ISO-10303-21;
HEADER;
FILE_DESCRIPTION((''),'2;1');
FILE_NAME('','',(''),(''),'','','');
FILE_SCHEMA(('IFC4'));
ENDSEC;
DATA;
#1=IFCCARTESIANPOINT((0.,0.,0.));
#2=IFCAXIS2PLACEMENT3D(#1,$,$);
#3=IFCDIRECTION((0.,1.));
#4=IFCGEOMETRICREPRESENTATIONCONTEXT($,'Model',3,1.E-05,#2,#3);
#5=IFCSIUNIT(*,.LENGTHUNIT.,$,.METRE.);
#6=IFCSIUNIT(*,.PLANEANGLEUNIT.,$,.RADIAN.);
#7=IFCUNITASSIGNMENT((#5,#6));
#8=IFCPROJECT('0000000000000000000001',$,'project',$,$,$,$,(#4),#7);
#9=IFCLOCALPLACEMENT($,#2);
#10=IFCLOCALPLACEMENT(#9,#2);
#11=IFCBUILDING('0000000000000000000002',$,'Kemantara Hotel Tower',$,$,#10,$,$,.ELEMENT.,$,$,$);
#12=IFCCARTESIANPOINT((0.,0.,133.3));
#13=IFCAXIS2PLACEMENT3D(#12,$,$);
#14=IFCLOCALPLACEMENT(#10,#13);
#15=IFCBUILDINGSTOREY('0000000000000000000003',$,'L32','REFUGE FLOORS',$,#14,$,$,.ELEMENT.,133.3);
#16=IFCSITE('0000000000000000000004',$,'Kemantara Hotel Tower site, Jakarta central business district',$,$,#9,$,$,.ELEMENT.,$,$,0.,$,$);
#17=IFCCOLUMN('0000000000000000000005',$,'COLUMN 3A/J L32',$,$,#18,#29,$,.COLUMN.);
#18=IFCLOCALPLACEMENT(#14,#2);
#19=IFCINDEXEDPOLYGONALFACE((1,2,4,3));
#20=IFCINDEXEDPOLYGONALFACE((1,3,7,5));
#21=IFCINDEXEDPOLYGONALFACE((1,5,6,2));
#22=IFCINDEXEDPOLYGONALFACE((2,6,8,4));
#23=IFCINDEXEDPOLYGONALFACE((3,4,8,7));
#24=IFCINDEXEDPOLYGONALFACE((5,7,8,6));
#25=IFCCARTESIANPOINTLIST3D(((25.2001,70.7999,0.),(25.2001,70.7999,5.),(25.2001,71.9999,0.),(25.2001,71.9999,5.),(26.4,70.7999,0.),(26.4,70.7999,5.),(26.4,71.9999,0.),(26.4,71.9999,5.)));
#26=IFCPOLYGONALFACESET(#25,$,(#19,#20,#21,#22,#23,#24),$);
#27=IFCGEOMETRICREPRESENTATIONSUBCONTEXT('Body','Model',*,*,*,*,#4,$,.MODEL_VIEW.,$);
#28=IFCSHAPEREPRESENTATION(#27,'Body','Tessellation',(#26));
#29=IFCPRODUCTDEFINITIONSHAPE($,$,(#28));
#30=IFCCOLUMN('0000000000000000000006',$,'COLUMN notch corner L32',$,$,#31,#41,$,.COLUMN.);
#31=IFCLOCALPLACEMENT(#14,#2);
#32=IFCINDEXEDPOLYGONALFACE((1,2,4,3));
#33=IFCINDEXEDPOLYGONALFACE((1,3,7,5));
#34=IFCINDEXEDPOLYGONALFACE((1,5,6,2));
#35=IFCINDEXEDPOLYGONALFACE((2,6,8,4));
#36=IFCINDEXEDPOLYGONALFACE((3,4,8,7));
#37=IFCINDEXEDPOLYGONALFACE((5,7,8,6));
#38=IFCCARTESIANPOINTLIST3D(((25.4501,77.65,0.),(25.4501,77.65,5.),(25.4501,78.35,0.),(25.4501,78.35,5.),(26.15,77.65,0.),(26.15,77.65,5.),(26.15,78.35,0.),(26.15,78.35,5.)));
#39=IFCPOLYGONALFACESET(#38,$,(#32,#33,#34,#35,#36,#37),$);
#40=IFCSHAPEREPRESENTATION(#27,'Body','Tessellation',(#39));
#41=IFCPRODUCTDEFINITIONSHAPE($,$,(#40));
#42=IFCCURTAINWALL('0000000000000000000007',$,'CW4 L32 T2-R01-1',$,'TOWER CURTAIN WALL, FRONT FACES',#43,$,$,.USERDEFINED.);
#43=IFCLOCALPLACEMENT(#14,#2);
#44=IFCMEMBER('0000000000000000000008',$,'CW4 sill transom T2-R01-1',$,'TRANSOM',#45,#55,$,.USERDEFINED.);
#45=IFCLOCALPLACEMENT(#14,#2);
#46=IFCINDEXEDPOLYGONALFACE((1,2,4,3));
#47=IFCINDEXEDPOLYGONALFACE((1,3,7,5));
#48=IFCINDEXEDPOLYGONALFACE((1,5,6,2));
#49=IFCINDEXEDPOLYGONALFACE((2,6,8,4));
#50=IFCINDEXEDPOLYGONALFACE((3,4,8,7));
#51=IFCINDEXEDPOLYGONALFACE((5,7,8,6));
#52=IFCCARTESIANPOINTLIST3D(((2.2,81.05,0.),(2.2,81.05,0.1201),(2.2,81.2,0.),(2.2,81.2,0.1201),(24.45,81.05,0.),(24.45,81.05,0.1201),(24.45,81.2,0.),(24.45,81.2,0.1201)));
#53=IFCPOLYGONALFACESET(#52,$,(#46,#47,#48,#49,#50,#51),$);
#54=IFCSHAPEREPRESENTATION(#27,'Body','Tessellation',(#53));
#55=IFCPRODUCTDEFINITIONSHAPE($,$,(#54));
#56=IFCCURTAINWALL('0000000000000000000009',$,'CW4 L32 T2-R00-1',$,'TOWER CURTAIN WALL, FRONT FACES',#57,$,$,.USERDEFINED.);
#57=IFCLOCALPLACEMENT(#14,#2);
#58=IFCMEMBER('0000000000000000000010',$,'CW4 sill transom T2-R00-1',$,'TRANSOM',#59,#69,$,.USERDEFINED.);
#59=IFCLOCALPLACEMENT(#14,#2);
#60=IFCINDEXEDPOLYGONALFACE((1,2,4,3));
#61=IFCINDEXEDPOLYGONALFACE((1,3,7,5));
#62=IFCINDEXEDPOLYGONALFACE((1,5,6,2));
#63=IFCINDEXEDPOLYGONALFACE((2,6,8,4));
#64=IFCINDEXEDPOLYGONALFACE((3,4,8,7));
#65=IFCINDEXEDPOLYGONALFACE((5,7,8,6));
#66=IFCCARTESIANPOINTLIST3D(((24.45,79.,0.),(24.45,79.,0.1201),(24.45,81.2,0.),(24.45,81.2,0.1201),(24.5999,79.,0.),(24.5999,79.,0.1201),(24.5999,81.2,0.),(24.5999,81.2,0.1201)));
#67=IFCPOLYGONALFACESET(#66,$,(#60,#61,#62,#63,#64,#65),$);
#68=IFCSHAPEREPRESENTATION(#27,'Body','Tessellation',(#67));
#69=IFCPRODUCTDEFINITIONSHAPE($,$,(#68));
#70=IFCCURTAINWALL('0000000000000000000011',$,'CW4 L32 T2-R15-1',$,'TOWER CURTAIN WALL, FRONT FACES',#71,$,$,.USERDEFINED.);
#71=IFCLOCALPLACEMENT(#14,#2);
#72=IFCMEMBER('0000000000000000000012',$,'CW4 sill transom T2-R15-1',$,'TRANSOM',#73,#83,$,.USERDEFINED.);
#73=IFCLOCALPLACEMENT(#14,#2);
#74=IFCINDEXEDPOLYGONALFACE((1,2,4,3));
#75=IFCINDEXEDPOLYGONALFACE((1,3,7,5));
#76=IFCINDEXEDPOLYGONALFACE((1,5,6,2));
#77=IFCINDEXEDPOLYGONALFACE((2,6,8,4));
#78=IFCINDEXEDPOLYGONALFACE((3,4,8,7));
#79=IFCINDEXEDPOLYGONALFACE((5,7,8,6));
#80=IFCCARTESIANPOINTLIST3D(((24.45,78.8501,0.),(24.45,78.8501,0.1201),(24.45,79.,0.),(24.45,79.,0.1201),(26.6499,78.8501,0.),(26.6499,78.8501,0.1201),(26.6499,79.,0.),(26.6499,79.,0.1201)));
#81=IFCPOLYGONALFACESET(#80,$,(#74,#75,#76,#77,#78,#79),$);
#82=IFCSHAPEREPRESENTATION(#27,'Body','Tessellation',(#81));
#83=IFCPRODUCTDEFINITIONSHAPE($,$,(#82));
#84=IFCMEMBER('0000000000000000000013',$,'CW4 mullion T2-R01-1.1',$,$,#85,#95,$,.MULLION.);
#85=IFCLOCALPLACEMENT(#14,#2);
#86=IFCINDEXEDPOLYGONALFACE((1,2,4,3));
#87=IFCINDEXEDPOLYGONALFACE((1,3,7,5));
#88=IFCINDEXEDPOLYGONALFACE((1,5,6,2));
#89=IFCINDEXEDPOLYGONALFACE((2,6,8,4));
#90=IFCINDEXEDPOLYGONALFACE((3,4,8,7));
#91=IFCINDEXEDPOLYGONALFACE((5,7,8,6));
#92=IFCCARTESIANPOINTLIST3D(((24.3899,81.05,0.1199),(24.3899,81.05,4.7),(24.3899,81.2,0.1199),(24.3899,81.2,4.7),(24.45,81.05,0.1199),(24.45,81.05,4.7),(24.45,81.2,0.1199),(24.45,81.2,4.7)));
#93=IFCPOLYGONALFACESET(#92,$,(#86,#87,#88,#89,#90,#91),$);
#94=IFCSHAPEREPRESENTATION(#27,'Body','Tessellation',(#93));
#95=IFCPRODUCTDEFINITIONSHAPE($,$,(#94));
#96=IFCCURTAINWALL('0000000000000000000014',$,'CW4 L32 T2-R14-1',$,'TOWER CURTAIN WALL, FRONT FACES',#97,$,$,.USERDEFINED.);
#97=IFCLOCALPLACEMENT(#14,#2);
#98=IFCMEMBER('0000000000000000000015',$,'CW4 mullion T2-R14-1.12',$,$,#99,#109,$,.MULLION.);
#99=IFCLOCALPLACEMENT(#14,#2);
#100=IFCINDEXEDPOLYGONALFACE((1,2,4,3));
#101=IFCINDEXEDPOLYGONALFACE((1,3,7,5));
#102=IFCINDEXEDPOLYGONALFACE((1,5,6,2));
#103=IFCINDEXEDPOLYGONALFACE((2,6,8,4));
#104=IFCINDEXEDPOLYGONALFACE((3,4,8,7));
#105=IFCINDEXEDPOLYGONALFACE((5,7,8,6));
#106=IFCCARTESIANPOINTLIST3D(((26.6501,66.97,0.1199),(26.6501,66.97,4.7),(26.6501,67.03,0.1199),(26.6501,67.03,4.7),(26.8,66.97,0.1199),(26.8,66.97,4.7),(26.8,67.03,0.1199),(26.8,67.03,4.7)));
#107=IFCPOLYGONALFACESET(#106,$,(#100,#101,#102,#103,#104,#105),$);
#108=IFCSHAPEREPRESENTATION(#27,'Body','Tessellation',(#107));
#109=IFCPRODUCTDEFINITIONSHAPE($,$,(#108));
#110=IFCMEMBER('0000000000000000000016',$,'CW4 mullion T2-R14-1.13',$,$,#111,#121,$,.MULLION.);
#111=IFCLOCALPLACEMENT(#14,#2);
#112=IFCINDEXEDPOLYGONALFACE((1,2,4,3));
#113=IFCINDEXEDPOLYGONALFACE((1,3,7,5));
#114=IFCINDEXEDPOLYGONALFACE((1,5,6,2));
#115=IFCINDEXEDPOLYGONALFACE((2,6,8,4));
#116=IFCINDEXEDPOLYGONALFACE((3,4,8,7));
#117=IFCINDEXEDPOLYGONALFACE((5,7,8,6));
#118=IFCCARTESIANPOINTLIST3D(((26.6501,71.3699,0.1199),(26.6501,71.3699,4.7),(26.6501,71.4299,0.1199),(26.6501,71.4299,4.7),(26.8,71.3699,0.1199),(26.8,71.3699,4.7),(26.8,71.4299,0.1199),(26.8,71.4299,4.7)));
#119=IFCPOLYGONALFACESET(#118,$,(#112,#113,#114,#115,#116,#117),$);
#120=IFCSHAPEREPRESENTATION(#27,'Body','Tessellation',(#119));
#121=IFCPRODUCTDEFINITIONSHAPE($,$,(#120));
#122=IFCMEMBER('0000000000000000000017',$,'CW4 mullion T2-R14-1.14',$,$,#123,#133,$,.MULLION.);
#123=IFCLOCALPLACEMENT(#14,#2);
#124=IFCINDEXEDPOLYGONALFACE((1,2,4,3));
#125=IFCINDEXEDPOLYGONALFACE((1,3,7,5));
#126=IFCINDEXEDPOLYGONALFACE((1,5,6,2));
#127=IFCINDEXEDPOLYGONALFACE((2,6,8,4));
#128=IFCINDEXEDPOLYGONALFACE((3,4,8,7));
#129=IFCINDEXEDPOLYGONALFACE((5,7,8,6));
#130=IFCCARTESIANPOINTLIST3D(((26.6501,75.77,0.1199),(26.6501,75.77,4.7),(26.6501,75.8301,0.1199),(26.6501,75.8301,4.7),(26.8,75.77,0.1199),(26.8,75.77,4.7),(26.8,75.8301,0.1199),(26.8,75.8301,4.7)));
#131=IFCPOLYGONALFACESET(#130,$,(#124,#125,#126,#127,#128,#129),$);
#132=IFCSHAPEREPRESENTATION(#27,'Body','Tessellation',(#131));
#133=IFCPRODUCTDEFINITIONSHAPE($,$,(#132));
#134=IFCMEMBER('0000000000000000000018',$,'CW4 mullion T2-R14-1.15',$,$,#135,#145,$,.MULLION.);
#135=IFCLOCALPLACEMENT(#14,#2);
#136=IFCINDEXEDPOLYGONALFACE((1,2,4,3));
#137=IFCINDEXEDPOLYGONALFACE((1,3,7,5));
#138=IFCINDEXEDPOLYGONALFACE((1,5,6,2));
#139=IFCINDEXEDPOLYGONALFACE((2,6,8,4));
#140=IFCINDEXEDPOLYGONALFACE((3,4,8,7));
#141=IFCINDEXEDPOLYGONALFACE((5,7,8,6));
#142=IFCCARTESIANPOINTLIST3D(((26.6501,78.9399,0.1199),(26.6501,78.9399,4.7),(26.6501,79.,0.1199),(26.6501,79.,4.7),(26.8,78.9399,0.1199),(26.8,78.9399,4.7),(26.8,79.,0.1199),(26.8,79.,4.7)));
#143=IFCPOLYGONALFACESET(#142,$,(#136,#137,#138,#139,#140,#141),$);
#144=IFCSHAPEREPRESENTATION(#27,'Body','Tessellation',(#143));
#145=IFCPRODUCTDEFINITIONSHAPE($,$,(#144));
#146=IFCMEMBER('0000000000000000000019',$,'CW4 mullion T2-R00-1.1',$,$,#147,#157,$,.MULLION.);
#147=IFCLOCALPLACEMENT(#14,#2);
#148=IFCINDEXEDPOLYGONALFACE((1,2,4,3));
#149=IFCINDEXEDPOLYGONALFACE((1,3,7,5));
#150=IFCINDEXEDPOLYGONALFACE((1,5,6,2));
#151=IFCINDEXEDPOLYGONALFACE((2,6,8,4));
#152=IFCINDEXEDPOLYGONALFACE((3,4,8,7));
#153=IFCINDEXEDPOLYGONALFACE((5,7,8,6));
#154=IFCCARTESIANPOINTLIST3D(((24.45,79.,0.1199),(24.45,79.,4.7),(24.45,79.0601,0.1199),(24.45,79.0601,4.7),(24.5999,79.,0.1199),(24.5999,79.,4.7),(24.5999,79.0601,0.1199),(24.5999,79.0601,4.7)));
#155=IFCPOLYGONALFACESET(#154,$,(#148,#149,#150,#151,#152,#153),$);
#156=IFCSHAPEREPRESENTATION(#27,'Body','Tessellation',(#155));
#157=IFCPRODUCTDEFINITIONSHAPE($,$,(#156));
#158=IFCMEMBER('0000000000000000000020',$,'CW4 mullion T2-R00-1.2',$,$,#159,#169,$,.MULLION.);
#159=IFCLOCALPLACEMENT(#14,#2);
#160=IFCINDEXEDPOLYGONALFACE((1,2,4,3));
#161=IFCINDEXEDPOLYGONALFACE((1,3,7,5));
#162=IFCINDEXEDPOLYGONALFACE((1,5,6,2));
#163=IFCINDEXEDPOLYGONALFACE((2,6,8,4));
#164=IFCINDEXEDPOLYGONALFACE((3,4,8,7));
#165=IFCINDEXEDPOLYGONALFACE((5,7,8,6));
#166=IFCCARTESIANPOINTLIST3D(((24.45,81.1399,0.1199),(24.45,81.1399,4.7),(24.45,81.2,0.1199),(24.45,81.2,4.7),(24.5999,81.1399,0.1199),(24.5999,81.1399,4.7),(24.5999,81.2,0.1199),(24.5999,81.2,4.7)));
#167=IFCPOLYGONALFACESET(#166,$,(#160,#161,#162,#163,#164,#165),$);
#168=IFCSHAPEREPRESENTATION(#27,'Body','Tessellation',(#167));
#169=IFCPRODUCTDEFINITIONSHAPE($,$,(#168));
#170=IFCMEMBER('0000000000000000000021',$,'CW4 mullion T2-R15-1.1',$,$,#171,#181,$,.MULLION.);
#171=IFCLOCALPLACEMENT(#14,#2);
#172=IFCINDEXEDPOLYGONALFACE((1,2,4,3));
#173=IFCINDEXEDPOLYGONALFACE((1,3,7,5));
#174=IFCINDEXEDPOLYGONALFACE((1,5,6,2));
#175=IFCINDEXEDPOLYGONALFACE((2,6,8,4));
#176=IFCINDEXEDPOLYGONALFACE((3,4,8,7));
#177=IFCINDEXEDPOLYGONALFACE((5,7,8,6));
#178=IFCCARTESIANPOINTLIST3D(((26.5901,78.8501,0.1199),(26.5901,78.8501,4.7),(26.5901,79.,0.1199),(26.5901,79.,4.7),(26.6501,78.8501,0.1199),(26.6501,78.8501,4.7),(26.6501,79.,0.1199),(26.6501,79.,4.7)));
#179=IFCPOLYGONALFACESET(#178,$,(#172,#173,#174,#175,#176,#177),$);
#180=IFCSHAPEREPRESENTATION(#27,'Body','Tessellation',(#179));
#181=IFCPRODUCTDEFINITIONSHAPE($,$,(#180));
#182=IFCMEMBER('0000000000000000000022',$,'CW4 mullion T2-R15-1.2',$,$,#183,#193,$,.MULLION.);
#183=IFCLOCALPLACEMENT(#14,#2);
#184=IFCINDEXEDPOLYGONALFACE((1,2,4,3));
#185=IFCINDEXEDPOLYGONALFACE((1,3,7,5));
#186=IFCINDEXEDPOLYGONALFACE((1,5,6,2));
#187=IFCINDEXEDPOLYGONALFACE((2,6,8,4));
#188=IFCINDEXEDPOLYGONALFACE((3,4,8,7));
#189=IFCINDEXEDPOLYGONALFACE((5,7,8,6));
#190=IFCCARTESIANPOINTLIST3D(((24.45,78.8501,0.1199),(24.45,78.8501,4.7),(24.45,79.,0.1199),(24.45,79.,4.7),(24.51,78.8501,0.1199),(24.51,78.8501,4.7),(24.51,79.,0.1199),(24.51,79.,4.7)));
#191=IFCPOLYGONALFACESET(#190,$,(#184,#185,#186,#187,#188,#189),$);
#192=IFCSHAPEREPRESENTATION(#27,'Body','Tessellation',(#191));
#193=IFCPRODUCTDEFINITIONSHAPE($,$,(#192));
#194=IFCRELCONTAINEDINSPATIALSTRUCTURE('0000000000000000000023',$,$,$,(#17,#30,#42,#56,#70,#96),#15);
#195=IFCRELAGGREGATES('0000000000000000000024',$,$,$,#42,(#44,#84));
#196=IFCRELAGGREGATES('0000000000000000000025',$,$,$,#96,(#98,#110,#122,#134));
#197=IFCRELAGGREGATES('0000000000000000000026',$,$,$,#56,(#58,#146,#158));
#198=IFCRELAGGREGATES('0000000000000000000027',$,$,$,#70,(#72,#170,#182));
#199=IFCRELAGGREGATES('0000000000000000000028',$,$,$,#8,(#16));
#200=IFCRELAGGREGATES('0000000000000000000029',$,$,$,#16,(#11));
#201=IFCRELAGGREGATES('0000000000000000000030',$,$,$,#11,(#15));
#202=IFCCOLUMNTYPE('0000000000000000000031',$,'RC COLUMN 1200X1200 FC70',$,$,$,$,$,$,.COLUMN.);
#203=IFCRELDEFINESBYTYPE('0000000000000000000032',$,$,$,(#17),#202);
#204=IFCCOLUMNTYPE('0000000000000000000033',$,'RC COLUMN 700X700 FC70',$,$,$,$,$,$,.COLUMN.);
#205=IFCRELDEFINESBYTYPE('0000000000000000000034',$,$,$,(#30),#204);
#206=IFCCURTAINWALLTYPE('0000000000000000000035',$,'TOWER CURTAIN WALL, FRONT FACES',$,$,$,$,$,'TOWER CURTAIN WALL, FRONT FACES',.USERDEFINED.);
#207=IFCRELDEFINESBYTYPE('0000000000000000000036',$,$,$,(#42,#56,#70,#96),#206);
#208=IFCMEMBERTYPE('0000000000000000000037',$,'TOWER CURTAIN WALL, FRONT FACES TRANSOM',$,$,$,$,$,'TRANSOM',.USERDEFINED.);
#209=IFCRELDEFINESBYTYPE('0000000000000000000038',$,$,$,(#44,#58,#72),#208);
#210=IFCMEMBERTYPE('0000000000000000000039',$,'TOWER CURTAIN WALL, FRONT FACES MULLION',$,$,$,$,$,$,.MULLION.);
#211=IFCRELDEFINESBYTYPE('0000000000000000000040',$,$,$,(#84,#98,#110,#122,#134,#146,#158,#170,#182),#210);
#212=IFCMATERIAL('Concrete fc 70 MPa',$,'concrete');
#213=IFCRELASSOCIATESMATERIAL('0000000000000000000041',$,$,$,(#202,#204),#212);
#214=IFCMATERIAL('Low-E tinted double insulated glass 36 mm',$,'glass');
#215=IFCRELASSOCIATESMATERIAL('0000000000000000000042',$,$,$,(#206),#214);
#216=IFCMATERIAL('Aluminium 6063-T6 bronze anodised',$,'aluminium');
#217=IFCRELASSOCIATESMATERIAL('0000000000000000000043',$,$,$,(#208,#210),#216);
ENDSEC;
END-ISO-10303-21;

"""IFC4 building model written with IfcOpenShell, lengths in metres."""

from ifc_helpers import new_model, si_unit, direction, frame, origin, origin_2d, place, context, subcontext, project, spatial, rectangle, extrude, source, transform, mapped, material, material_profile, profile_set, type_object, element, aggregate, save


model = new_model("IFC4")

# Units and contexts
model_context = context("Model", 3, precision=1e-05, world=origin(), true_north=direction((0.0, 1.0)))
body_context = subcontext(model_context, "Body", "Model", "MODEL_VIEW")
ifc_project = project(units=[si_unit("LENGTHUNIT", "METRE"), si_unit("PLANEANGLEUNIT", "RADIAN")], contexts=[model_context])

# Site, building, storey
site_placement = place(None, origin())
site = spatial("IfcSite", under=ifc_project, at=site_placement, Name="Kemantara Hotel Tower site, Jakarta central business district", CompositionType="ELEMENT", RefElevation=0.0)
building_placement = place(site_placement, origin())
building = spatial("IfcBuilding", under=site, at=building_placement, Name="Kemantara Hotel Tower", CompositionType="ELEMENT")
storey_placement = place(building_placement, frame((0.0, 0.0, 133.3)))
storey = spatial("IfcBuildingStorey", under=building, at=storey_placement, Name="L32", Description="REFUGE FLOORS", CompositionType="ELEMENT", Elevation=133.3)

# Columns
ifc_material_1 = material(Name="Concrete fc 70 MPa", Category="concrete")
ifc_material_profile_1 = material_profile(ifc_material_1, rectangle(XDim=1.2, YDim=1.2, at=origin_2d()), Name="RC 1200X1200")
ifc_profile_set_1 = profile_set([ifc_material_profile_1], Name="Concrete fc 70 MPa")
column_type_1 = type_object("IfcColumnType", Name="RC COLUMN 1200X1200 FC70", PredefinedType="COLUMN", material=ifc_profile_set_1)
column_1_placement = place(storey_placement, frame((25.8, 71.3999, 0.0), z_axis=(0.0, 0.0, 1.0), x_axis=(1.0, 0.0, 0.0)))
element("IfcColumn", 1, at=column_1_placement, inside=storey, type_object=column_type_1, Name="COLUMN 3A/J L32", PredefinedType="COLUMN", context=body_context, shape_type="SweptSolid", body=[
    extrude(rectangle(XDim=1.2, YDim=1.2, at=origin_2d()), origin(), (0.0, 0.0, 1.0), 5.0),
])
ifc_material_profile_2 = material_profile(ifc_material_1, rectangle(XDim=0.7, YDim=0.7, at=origin_2d()), Name="RC 700X700")
ifc_profile_set_2 = profile_set([ifc_material_profile_2], Name="Concrete fc 70 MPa")
column_type_2 = type_object("IfcColumnType", Name="RC COLUMN 700X700 FC70", PredefinedType="COLUMN", material=ifc_profile_set_2)
column_2_placement = place(storey_placement, frame((25.8, 78.0, 0.0), z_axis=(0.0, 0.0, 1.0), x_axis=(1.0, 0.0, 0.0)))
element("IfcColumn", 2, at=column_2_placement, inside=storey, type_object=column_type_2, Name="COLUMN notch corner L32", PredefinedType="COLUMN", context=body_context, shape_type="SweptSolid", body=[
    extrude(rectangle(XDim=0.7, YDim=0.7, at=origin_2d()), origin(), (0.0, 0.0, 1.0), 5.0),
])

# Curtain walls, members
ifc_material_2 = material(Name="Low-E tinted double insulated glass 36 mm", Category="glass")
curtain_wall_type = type_object("IfcCurtainWallType", Name="TOWER CURTAIN WALL, FRONT FACES", ElementType="TOWER CURTAIN WALL, FRONT FACES", PredefinedType="USERDEFINED", material=ifc_material_2)
curtain_wall_1_placement = place(storey_placement, origin())
curtain_wall_1 = element("IfcCurtainWall", 3, at=curtain_wall_1_placement, inside=storey, type_object=curtain_wall_type, Name="CW4 L32 T2-R01-1", ObjectType="TOWER CURTAIN WALL, FRONT FACES", PredefinedType="USERDEFINED")
ifc_material_3 = material(Name="Aluminium 6063-T6 bronze anodised", Category="aluminium")
ifc_material_profile_3 = material_profile(ifc_material_3, rectangle(XDim=0.1499, YDim=0.1201, at=origin_2d()), Name="TOWER CURTAIN WALL, FRONT FACES TRANSOM")
ifc_profile_set_3 = profile_set([ifc_material_profile_3], Name="Aluminium 6063-T6 bronze anodised")
member_type_1 = type_object("IfcMemberType", Name="TOWER CURTAIN WALL, FRONT FACES TRANSOM", ElementType="TRANSOM", PredefinedType="USERDEFINED", material=ifc_profile_set_3)
member_1_placement = place(storey_placement, frame((24.45, 81.125, 0.0601), z_axis=(-1.0, 0.0, 0.0), x_axis=(0.0, -1.0, 0.0)))
member_1 = element("IfcMember", 4, at=member_1_placement, type_object=member_type_1, Name="CW4 sill transom T2-R01-1", ObjectType="TRANSOM", PredefinedType="USERDEFINED", context=body_context, shape_type="SweptSolid", body=[
    extrude(rectangle(XDim=0.1499, YDim=0.1201, at=origin_2d()), origin(), (0.0, 0.0, 1.0), 22.25),
])
curtain_wall_2_placement = place(storey_placement, origin())
curtain_wall_2 = element("IfcCurtainWall", 5, at=curtain_wall_2_placement, inside=storey, type_object=curtain_wall_type, Name="CW4 L32 T2-R00-1", ObjectType="TOWER CURTAIN WALL, FRONT FACES", PredefinedType="USERDEFINED")
member_2_placement = place(storey_placement, frame((24.5249, 79.0, 0.0601), z_axis=(0.0, 1.0, 0.0), x_axis=(-1.0, 0.0, 0.0)))
member_2 = element("IfcMember", 6, at=member_2_placement, type_object=member_type_1, Name="CW4 sill transom T2-R00-1", ObjectType="TRANSOM", PredefinedType="USERDEFINED", context=body_context, shape_type="SweptSolid", body=[
    extrude(rectangle(XDim=0.1499, YDim=0.1201, at=origin_2d()), origin(), (0.0, 0.0, 1.0), 2.2),
])
curtain_wall_3_placement = place(storey_placement, origin())
curtain_wall_3 = element("IfcCurtainWall", 7, at=curtain_wall_3_placement, inside=storey, type_object=curtain_wall_type, Name="CW4 L32 T2-R15-1", ObjectType="TOWER CURTAIN WALL, FRONT FACES", PredefinedType="USERDEFINED")
member_3_placement = place(storey_placement, frame((26.6499, 78.925, 0.0601), z_axis=(-1.0, 0.0, 0.0), x_axis=(0.0, -1.0, 0.0)))
member_3 = element("IfcMember", 8, at=member_3_placement, type_object=member_type_1, Name="CW4 sill transom T2-R15-1", ObjectType="TRANSOM", PredefinedType="USERDEFINED", context=body_context, shape_type="SweptSolid", body=[
    extrude(rectangle(XDim=0.1499, YDim=0.1201, at=origin_2d()), origin(), (0.0, 0.0, 1.0), 2.2),
])

# Member
ifc_material_profile_4 = material_profile(ifc_material_3, rectangle(XDim=0.1499, YDim=0.0601, at=origin_2d()), Name="TOWER CURTAIN WALL, FRONT FACES MULLION")
ifc_profile_set_4 = profile_set([ifc_material_profile_4], Name="Aluminium 6063-T6 bronze anodised")
member_type_2 = type_object("IfcMemberType", Name="TOWER CURTAIN WALL, FRONT FACES MULLION", PredefinedType="MULLION", material=ifc_profile_set_4)
shared_shape_1 = source(origin(), body_context, "Body", "SweptSolid", [
    extrude(rectangle(XDim=0.1499, YDim=0.0601, at=origin_2d()), origin(), (0.0, 0.0, 1.0), 4.5801),
])
member_4_placement = place(storey_placement, frame((24.4199, 81.125, 0.1199), z_axis=(0.0, 0.0, 1.0), x_axis=(0.0, -1.0, 0.0)))
member_4 = element("IfcMember", 9, at=member_4_placement, type_object=member_type_2, Name="CW4 mullion T2-R01-1.1", PredefinedType="MULLION", context=body_context, shape_type="MappedRepresentation", body=[
    mapped(shared_shape_1, transform((0.0, 0.0, 0.0))),
])
aggregate(curtain_wall_1, [member_1, member_4])

# Curtain wall, members
curtain_wall_4_placement = place(storey_placement, origin())
curtain_wall_4 = element("IfcCurtainWall", 10, at=curtain_wall_4_placement, inside=storey, type_object=curtain_wall_type, Name="CW4 L32 T2-R14-1", ObjectType="TOWER CURTAIN WALL, FRONT FACES", PredefinedType="USERDEFINED")
member_5_placement = place(storey_placement, frame((26.7251, 67.0, 0.1199), z_axis=(0.0, 0.0, 1.0), x_axis=(-1.0, 0.0, 0.0)))
member_5 = element("IfcMember", 11, at=member_5_placement, type_object=member_type_2, Name="CW4 mullion T2-R14-1.12", PredefinedType="MULLION", context=body_context, shape_type="MappedRepresentation", body=[
    mapped(shared_shape_1, transform((0.0, 0.0, 0.0))),
])
member_6_placement = place(storey_placement, frame((26.7251, 71.3999, 0.1199), z_axis=(0.0, 0.0, 1.0), x_axis=(-1.0, 0.0, 0.0)))
member_6 = element("IfcMember", 12, at=member_6_placement, type_object=member_type_2, Name="CW4 mullion T2-R14-1.13", PredefinedType="MULLION", context=body_context, shape_type="MappedRepresentation", body=[
    mapped(shared_shape_1, transform((0.0, 0.0, 0.0))),
])
member_7_placement = place(storey_placement, frame((26.7251, 75.8, 0.1199), z_axis=(0.0, 0.0, 1.0), x_axis=(-1.0, 0.0, 0.0)))
member_7 = element("IfcMember", 13, at=member_7_placement, type_object=member_type_2, Name="CW4 mullion T2-R14-1.14", PredefinedType="MULLION", context=body_context, shape_type="MappedRepresentation", body=[
    mapped(shared_shape_1, transform((0.0, 0.0, 0.0))),
])
member_8_placement = place(storey_placement, frame((26.7251, 78.97, 0.1199), z_axis=(0.0, 0.0, 1.0), x_axis=(-1.0, 0.0, 0.0)))
member_8 = element("IfcMember", 14, at=member_8_placement, type_object=member_type_2, Name="CW4 mullion T2-R14-1.15", PredefinedType="MULLION", context=body_context, shape_type="MappedRepresentation", body=[
    mapped(shared_shape_1, transform((0.0, 0.0, 0.0))),
])

# Members
member_9_placement = place(storey_placement, frame((24.5249, 79.03, 0.1199), z_axis=(0.0, 0.0, 1.0), x_axis=(-1.0, 0.0, 0.0)))
member_9 = element("IfcMember", 15, at=member_9_placement, type_object=member_type_2, Name="CW4 mullion T2-R00-1.1", PredefinedType="MULLION", context=body_context, shape_type="MappedRepresentation", body=[
    mapped(shared_shape_1, transform((0.0, 0.0, 0.0))),
])
member_10_placement = place(storey_placement, frame((24.5249, 81.1699, 0.1199), z_axis=(0.0, 0.0, 1.0), x_axis=(-1.0, 0.0, 0.0)))
member_10 = element("IfcMember", 16, at=member_10_placement, type_object=member_type_2, Name="CW4 mullion T2-R00-1.2", PredefinedType="MULLION", context=body_context, shape_type="MappedRepresentation", body=[
    mapped(shared_shape_1, transform((0.0, 0.0, 0.0))),
])
member_11_placement = place(storey_placement, frame((26.6201, 78.925, 0.1199), z_axis=(0.0, 0.0, 1.0), x_axis=(0.0, -1.0, 0.0)))
member_11 = element("IfcMember", 17, at=member_11_placement, type_object=member_type_2, Name="CW4 mullion T2-R15-1.1", PredefinedType="MULLION", context=body_context, shape_type="MappedRepresentation", body=[
    mapped(shared_shape_1, transform((0.0, 0.0, 0.0))),
])
member_12_placement = place(storey_placement, frame((24.48, 78.925, 0.1199), z_axis=(0.0, 0.0, 1.0), x_axis=(0.0, -1.0, 0.0)))
member_12 = element("IfcMember", 18, at=member_12_placement, type_object=member_type_2, Name="CW4 mullion T2-R15-1.2", PredefinedType="MULLION", context=body_context, shape_type="MappedRepresentation", body=[
    mapped(shared_shape_1, transform((0.0, 0.0, 0.0))),
])

aggregate(curtain_wall_4, [member_5, member_6, member_7, member_8])
aggregate(curtain_wall_2, [member_2, member_9, member_10])
aggregate(curtain_wall_3, [member_3, member_11, member_12])

save(model, "model.ifc")
